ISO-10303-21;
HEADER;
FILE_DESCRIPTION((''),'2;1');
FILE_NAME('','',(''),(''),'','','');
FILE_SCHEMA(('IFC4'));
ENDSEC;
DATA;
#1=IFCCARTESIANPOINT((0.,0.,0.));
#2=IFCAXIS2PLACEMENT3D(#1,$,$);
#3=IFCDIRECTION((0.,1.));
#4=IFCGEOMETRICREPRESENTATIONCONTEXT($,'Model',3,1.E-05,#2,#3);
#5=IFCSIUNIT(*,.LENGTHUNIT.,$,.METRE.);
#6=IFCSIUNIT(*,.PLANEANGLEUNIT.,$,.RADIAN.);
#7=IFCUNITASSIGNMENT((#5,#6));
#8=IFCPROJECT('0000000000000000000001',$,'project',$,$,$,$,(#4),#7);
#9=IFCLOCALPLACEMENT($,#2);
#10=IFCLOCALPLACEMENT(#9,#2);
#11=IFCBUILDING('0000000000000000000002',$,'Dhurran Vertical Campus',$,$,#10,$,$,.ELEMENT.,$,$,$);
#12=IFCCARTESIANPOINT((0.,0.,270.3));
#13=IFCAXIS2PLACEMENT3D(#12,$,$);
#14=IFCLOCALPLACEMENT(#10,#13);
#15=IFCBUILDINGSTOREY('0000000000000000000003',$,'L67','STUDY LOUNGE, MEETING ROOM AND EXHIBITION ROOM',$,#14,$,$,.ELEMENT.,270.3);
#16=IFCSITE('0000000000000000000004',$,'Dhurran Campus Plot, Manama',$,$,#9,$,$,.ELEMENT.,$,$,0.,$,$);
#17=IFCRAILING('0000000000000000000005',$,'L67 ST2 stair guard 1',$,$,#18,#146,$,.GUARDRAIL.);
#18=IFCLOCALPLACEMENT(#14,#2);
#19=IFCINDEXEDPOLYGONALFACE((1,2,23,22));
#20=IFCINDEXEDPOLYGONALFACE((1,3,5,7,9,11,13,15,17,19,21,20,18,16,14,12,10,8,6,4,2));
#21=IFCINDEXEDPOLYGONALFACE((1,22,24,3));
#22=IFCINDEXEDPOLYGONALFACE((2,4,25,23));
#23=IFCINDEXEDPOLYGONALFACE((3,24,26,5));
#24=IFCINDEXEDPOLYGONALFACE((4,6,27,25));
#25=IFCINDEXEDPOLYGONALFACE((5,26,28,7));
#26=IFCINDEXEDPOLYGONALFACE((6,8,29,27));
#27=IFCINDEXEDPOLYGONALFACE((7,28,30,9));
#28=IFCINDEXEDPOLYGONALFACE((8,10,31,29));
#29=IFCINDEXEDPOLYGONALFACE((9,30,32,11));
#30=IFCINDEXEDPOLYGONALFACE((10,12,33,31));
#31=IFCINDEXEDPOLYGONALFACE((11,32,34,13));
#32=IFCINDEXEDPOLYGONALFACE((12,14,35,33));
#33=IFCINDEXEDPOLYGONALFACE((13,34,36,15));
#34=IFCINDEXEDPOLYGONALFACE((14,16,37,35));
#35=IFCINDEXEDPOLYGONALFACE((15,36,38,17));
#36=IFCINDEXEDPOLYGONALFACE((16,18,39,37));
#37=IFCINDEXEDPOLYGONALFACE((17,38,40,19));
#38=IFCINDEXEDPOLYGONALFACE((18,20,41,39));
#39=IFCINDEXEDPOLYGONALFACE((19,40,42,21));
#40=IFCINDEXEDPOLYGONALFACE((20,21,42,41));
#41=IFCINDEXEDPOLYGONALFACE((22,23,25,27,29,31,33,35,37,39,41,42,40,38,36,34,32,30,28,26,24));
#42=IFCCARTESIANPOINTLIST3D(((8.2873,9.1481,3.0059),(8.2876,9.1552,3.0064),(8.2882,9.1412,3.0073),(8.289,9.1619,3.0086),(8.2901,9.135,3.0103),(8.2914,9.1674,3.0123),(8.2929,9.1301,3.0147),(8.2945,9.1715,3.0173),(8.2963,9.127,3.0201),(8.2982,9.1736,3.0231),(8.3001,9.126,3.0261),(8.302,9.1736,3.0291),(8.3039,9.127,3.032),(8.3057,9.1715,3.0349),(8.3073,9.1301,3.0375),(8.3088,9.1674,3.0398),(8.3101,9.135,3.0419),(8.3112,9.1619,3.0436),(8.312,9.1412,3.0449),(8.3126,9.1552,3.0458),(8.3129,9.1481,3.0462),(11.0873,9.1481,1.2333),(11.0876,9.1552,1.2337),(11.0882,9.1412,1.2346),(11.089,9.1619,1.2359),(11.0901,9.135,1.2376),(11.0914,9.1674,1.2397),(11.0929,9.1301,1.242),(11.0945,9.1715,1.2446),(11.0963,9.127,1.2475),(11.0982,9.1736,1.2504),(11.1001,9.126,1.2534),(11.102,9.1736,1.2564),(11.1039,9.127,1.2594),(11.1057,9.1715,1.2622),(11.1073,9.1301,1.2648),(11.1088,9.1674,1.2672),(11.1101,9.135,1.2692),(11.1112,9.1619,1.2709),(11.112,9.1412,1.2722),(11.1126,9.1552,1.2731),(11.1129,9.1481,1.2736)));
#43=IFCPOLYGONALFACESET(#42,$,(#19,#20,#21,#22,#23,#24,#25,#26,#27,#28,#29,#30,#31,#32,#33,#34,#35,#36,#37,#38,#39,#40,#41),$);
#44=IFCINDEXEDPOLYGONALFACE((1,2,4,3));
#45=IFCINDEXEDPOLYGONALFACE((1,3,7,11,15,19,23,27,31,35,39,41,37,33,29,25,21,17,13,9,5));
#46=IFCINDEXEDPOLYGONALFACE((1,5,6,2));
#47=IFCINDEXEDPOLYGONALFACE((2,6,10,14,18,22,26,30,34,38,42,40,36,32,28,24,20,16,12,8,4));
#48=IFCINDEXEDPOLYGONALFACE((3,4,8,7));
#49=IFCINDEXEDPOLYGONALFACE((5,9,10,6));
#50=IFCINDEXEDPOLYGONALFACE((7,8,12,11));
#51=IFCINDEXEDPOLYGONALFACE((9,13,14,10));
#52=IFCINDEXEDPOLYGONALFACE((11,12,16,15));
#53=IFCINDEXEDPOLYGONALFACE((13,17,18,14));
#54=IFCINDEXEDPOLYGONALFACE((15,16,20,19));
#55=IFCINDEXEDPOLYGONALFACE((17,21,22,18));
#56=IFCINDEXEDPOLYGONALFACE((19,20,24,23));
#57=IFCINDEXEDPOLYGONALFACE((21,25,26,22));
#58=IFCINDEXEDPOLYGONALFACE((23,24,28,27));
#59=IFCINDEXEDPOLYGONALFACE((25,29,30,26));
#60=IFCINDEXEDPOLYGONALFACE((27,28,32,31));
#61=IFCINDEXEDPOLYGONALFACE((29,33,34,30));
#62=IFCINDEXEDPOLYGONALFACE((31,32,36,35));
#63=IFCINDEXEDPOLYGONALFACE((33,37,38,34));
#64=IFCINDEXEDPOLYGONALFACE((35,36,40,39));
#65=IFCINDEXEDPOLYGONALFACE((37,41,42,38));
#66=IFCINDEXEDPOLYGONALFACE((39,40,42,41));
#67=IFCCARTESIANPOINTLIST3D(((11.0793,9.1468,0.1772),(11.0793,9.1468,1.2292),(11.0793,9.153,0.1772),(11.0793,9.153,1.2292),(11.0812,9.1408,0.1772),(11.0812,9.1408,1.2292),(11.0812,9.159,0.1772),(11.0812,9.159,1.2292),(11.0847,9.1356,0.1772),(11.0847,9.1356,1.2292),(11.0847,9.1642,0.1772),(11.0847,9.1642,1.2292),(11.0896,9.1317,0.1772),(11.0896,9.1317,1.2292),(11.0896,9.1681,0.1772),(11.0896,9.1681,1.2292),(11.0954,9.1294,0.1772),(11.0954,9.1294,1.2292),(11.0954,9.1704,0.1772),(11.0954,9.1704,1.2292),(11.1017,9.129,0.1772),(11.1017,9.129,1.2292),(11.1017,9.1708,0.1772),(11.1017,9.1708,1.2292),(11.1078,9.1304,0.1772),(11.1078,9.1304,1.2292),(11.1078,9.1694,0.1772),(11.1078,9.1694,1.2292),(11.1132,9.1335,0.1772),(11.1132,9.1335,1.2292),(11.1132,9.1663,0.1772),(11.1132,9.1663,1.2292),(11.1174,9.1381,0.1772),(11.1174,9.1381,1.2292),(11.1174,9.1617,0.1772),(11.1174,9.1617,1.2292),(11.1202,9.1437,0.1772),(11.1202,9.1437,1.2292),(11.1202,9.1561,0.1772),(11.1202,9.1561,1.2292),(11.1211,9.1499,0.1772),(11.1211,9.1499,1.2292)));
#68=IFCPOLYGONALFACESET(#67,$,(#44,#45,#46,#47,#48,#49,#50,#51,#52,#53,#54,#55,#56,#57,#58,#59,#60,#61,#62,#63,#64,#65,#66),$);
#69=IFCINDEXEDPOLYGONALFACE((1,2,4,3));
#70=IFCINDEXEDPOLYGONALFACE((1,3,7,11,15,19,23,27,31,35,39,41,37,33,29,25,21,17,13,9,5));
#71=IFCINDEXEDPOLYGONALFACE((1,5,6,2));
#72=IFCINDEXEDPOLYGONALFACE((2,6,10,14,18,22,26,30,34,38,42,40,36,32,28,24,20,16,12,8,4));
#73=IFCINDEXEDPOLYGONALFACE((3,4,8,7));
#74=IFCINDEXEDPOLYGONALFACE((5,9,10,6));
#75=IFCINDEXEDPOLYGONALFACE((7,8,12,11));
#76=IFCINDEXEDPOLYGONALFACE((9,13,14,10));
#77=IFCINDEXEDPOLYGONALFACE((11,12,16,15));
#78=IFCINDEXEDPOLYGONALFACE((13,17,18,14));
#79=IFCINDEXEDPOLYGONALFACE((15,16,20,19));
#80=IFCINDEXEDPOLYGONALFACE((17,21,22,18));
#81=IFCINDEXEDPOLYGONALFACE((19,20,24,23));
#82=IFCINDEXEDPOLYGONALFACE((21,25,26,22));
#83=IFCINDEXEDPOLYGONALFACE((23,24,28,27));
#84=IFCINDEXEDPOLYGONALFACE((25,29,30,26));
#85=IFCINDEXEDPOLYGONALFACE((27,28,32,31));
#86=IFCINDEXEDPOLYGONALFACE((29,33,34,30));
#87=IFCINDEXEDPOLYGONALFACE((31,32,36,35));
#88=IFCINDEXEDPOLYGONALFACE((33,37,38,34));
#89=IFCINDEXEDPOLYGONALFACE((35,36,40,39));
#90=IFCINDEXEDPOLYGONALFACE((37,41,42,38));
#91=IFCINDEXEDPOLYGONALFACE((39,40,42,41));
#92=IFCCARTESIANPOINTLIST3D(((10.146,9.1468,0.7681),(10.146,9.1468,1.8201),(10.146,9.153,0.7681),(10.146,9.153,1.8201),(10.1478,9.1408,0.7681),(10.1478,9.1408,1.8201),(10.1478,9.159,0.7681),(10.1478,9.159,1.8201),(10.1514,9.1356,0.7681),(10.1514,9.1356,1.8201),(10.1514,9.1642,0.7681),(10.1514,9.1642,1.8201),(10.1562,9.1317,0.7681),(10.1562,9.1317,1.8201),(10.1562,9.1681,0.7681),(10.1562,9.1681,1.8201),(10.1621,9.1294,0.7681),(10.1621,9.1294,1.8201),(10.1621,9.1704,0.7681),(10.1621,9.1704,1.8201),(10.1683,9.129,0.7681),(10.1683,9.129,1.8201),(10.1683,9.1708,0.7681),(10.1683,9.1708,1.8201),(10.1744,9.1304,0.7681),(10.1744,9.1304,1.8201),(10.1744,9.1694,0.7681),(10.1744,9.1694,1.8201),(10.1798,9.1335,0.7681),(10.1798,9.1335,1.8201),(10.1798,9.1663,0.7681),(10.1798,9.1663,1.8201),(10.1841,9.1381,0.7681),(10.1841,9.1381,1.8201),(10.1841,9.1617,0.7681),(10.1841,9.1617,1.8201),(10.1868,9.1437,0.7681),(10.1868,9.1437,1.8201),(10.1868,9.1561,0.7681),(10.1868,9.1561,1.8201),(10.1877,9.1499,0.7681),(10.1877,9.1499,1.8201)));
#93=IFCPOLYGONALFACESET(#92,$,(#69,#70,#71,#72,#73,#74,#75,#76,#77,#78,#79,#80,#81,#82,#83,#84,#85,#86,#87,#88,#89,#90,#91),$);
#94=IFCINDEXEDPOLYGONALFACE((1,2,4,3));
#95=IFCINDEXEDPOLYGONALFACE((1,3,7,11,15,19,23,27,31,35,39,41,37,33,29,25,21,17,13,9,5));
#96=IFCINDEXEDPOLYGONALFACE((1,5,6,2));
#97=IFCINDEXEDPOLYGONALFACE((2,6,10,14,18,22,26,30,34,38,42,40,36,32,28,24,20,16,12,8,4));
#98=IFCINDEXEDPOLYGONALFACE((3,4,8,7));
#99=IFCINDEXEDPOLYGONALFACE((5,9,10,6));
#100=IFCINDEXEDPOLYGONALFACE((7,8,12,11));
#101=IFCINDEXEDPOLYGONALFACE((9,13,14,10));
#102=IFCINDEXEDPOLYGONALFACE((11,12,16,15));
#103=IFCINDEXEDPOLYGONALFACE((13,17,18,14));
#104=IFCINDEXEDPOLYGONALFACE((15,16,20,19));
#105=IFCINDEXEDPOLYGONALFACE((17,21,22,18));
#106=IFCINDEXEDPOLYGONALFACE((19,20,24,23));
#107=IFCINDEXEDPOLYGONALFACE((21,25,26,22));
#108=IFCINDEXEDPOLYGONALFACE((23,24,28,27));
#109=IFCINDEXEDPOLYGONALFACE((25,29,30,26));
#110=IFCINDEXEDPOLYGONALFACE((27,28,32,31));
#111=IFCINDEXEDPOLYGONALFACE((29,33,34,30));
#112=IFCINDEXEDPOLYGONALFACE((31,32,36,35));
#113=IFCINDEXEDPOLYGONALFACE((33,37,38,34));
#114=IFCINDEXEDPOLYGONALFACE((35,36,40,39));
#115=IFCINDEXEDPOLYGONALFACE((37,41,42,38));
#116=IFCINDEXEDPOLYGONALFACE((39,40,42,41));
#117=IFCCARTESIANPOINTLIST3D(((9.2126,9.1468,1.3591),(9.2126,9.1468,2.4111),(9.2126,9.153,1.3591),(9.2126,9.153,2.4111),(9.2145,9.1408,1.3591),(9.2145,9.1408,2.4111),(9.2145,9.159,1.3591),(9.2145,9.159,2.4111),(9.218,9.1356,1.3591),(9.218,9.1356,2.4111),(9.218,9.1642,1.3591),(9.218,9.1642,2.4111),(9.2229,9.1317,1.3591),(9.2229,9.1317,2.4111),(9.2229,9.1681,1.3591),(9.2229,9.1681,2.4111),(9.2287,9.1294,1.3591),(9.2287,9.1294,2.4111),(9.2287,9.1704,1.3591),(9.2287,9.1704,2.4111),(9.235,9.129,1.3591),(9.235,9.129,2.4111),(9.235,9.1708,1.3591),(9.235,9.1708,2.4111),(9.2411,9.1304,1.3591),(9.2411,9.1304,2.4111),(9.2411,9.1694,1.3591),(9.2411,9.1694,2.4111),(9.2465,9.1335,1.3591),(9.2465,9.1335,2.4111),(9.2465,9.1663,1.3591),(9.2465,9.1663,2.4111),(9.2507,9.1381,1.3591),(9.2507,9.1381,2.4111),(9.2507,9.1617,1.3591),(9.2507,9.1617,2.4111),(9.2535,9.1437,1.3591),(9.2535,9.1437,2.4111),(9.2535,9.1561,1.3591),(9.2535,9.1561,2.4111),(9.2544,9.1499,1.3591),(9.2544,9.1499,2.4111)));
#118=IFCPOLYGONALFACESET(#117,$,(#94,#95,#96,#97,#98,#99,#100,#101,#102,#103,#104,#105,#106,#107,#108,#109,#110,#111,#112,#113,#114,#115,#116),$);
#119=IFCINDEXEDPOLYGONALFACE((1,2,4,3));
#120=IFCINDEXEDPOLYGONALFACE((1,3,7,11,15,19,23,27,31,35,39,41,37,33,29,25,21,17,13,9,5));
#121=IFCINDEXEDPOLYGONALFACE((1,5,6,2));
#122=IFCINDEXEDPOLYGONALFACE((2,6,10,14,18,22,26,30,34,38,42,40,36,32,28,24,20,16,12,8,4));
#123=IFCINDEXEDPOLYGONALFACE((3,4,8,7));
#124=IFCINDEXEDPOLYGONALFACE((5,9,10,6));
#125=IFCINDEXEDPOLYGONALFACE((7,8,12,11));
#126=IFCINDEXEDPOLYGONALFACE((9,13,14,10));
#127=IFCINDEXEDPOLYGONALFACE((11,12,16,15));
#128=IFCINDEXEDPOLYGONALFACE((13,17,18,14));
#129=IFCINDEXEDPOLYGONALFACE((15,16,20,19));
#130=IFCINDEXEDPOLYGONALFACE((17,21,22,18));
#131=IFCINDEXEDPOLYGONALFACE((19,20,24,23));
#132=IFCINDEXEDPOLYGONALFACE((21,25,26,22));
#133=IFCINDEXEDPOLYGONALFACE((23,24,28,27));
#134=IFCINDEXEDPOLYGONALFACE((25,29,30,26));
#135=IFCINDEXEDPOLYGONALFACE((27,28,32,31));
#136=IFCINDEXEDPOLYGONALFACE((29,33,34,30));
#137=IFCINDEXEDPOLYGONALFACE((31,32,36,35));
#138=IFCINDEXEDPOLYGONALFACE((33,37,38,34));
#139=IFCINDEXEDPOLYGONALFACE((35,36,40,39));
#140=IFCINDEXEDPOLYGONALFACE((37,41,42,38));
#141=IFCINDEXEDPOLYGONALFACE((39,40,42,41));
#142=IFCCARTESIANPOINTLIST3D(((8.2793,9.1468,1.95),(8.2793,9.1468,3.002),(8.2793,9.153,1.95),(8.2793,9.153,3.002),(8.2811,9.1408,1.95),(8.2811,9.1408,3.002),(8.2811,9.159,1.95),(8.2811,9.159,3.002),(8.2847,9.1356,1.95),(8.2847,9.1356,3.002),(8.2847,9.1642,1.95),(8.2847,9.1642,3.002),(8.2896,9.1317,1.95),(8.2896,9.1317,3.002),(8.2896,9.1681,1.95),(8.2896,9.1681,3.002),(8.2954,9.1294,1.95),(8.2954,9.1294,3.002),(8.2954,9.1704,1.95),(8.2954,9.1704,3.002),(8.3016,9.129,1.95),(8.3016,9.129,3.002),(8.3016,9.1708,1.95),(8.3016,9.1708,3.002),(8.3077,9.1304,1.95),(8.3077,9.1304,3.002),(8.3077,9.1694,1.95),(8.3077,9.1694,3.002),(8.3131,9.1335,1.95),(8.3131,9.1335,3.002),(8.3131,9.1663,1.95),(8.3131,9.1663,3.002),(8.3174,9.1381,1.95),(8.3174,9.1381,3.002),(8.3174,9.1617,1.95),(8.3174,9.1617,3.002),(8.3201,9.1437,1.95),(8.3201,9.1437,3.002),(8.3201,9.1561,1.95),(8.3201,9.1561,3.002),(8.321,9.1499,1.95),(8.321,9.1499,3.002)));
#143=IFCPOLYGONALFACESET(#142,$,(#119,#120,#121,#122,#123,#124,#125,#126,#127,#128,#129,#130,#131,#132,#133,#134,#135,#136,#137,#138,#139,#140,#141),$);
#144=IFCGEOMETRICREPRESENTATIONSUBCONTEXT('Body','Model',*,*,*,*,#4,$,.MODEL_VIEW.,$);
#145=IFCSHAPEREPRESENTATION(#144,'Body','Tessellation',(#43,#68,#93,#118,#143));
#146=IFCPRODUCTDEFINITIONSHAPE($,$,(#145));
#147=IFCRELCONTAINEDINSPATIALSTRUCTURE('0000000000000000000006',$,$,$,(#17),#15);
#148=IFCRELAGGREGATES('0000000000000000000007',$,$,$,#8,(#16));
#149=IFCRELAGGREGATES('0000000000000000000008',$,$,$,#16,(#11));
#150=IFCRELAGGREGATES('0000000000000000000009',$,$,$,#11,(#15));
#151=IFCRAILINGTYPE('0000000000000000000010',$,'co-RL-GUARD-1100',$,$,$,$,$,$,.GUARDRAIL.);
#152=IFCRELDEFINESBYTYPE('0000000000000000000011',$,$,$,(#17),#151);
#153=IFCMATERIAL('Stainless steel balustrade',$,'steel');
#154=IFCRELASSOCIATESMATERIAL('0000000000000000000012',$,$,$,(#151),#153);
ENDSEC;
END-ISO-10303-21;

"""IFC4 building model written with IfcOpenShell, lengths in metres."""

from ifc_helpers import new_model, si_unit, direction, frame, origin, origin_2d, place, context, subcontext, project, spatial, circle, extrude, material, type_object, element, save


model = new_model("IFC4")

# Units and contexts
model_context = context("Model", 3, precision=1e-05, world=origin(), true_north=direction((0.0, 1.0)))
body_context = subcontext(model_context, "Body", "Model", "MODEL_VIEW")
ifc_project = project(units=[si_unit("LENGTHUNIT", "METRE"), si_unit("PLANEANGLEUNIT", "RADIAN")], contexts=[model_context])

# Site, building, storey
site_placement = place(None, origin())
site = spatial("IfcSite", under=ifc_project, at=site_placement, Name="Dhurran Campus Plot, Manama", CompositionType="ELEMENT", RefElevation=0.0)
building_placement = place(site_placement, origin())
building = spatial("IfcBuilding", under=site, at=building_placement, Name="Dhurran Vertical Campus", CompositionType="ELEMENT")
storey_placement = place(building_placement, frame((0.0, 0.0, 270.3)))
storey = spatial("IfcBuildingStorey", under=building, at=storey_placement, Name="L67", Description="STUDY LOUNGE, MEETING ROOM AND EXHIBITION ROOM", CompositionType="ELEMENT", Elevation=270.3)

# Railing
ifc_material_1 = material(Name="Stainless steel balustrade", Category="steel")
railing_type = type_object("IfcRailingType", Name="co-RL-GUARD-1100", PredefinedType="GUARDRAIL", material=ifc_material_1)
railing_1_placement = place(storey_placement, frame((11.1001, 9.1499, 0.1772)))
element("IfcRailing", 1, at=railing_1_placement, inside=storey, type_object=railing_type, Name="L67 ST2 stair guard 1", PredefinedType="GUARDRAIL", context=body_context, shape_type="SweptSolid", body=[
    extrude(circle(Radius=0.0239, at=origin_2d()), frame((0.0, 0.0, 1.0762), z_axis=(-0.844909, 0.0, 0.53491), x_axis=(0.0, -1.0, 0.0)), (0.0, 0.0, 1.0), 3.314),
    extrude(circle(Radius=0.021, at=origin_2d()), origin(), (0.0, 0.0, 1.0), 1.052),
    extrude(circle(Radius=0.021, at=origin_2d()), frame((-0.9333, 0.0, 0.5908)), (0.0, 0.0, 1.0), 1.052),
    extrude(circle(Radius=0.021, at=origin_2d()), frame((-1.8667, 0.0, 1.1819)), (0.0, 0.0, 1.0), 1.052),
    extrude(circle(Radius=0.021, at=origin_2d()), frame((-2.8, 0.0, 1.7727)), (0.0, 0.0, 1.0), 1.052),
])

save(model, "model.ifc")
